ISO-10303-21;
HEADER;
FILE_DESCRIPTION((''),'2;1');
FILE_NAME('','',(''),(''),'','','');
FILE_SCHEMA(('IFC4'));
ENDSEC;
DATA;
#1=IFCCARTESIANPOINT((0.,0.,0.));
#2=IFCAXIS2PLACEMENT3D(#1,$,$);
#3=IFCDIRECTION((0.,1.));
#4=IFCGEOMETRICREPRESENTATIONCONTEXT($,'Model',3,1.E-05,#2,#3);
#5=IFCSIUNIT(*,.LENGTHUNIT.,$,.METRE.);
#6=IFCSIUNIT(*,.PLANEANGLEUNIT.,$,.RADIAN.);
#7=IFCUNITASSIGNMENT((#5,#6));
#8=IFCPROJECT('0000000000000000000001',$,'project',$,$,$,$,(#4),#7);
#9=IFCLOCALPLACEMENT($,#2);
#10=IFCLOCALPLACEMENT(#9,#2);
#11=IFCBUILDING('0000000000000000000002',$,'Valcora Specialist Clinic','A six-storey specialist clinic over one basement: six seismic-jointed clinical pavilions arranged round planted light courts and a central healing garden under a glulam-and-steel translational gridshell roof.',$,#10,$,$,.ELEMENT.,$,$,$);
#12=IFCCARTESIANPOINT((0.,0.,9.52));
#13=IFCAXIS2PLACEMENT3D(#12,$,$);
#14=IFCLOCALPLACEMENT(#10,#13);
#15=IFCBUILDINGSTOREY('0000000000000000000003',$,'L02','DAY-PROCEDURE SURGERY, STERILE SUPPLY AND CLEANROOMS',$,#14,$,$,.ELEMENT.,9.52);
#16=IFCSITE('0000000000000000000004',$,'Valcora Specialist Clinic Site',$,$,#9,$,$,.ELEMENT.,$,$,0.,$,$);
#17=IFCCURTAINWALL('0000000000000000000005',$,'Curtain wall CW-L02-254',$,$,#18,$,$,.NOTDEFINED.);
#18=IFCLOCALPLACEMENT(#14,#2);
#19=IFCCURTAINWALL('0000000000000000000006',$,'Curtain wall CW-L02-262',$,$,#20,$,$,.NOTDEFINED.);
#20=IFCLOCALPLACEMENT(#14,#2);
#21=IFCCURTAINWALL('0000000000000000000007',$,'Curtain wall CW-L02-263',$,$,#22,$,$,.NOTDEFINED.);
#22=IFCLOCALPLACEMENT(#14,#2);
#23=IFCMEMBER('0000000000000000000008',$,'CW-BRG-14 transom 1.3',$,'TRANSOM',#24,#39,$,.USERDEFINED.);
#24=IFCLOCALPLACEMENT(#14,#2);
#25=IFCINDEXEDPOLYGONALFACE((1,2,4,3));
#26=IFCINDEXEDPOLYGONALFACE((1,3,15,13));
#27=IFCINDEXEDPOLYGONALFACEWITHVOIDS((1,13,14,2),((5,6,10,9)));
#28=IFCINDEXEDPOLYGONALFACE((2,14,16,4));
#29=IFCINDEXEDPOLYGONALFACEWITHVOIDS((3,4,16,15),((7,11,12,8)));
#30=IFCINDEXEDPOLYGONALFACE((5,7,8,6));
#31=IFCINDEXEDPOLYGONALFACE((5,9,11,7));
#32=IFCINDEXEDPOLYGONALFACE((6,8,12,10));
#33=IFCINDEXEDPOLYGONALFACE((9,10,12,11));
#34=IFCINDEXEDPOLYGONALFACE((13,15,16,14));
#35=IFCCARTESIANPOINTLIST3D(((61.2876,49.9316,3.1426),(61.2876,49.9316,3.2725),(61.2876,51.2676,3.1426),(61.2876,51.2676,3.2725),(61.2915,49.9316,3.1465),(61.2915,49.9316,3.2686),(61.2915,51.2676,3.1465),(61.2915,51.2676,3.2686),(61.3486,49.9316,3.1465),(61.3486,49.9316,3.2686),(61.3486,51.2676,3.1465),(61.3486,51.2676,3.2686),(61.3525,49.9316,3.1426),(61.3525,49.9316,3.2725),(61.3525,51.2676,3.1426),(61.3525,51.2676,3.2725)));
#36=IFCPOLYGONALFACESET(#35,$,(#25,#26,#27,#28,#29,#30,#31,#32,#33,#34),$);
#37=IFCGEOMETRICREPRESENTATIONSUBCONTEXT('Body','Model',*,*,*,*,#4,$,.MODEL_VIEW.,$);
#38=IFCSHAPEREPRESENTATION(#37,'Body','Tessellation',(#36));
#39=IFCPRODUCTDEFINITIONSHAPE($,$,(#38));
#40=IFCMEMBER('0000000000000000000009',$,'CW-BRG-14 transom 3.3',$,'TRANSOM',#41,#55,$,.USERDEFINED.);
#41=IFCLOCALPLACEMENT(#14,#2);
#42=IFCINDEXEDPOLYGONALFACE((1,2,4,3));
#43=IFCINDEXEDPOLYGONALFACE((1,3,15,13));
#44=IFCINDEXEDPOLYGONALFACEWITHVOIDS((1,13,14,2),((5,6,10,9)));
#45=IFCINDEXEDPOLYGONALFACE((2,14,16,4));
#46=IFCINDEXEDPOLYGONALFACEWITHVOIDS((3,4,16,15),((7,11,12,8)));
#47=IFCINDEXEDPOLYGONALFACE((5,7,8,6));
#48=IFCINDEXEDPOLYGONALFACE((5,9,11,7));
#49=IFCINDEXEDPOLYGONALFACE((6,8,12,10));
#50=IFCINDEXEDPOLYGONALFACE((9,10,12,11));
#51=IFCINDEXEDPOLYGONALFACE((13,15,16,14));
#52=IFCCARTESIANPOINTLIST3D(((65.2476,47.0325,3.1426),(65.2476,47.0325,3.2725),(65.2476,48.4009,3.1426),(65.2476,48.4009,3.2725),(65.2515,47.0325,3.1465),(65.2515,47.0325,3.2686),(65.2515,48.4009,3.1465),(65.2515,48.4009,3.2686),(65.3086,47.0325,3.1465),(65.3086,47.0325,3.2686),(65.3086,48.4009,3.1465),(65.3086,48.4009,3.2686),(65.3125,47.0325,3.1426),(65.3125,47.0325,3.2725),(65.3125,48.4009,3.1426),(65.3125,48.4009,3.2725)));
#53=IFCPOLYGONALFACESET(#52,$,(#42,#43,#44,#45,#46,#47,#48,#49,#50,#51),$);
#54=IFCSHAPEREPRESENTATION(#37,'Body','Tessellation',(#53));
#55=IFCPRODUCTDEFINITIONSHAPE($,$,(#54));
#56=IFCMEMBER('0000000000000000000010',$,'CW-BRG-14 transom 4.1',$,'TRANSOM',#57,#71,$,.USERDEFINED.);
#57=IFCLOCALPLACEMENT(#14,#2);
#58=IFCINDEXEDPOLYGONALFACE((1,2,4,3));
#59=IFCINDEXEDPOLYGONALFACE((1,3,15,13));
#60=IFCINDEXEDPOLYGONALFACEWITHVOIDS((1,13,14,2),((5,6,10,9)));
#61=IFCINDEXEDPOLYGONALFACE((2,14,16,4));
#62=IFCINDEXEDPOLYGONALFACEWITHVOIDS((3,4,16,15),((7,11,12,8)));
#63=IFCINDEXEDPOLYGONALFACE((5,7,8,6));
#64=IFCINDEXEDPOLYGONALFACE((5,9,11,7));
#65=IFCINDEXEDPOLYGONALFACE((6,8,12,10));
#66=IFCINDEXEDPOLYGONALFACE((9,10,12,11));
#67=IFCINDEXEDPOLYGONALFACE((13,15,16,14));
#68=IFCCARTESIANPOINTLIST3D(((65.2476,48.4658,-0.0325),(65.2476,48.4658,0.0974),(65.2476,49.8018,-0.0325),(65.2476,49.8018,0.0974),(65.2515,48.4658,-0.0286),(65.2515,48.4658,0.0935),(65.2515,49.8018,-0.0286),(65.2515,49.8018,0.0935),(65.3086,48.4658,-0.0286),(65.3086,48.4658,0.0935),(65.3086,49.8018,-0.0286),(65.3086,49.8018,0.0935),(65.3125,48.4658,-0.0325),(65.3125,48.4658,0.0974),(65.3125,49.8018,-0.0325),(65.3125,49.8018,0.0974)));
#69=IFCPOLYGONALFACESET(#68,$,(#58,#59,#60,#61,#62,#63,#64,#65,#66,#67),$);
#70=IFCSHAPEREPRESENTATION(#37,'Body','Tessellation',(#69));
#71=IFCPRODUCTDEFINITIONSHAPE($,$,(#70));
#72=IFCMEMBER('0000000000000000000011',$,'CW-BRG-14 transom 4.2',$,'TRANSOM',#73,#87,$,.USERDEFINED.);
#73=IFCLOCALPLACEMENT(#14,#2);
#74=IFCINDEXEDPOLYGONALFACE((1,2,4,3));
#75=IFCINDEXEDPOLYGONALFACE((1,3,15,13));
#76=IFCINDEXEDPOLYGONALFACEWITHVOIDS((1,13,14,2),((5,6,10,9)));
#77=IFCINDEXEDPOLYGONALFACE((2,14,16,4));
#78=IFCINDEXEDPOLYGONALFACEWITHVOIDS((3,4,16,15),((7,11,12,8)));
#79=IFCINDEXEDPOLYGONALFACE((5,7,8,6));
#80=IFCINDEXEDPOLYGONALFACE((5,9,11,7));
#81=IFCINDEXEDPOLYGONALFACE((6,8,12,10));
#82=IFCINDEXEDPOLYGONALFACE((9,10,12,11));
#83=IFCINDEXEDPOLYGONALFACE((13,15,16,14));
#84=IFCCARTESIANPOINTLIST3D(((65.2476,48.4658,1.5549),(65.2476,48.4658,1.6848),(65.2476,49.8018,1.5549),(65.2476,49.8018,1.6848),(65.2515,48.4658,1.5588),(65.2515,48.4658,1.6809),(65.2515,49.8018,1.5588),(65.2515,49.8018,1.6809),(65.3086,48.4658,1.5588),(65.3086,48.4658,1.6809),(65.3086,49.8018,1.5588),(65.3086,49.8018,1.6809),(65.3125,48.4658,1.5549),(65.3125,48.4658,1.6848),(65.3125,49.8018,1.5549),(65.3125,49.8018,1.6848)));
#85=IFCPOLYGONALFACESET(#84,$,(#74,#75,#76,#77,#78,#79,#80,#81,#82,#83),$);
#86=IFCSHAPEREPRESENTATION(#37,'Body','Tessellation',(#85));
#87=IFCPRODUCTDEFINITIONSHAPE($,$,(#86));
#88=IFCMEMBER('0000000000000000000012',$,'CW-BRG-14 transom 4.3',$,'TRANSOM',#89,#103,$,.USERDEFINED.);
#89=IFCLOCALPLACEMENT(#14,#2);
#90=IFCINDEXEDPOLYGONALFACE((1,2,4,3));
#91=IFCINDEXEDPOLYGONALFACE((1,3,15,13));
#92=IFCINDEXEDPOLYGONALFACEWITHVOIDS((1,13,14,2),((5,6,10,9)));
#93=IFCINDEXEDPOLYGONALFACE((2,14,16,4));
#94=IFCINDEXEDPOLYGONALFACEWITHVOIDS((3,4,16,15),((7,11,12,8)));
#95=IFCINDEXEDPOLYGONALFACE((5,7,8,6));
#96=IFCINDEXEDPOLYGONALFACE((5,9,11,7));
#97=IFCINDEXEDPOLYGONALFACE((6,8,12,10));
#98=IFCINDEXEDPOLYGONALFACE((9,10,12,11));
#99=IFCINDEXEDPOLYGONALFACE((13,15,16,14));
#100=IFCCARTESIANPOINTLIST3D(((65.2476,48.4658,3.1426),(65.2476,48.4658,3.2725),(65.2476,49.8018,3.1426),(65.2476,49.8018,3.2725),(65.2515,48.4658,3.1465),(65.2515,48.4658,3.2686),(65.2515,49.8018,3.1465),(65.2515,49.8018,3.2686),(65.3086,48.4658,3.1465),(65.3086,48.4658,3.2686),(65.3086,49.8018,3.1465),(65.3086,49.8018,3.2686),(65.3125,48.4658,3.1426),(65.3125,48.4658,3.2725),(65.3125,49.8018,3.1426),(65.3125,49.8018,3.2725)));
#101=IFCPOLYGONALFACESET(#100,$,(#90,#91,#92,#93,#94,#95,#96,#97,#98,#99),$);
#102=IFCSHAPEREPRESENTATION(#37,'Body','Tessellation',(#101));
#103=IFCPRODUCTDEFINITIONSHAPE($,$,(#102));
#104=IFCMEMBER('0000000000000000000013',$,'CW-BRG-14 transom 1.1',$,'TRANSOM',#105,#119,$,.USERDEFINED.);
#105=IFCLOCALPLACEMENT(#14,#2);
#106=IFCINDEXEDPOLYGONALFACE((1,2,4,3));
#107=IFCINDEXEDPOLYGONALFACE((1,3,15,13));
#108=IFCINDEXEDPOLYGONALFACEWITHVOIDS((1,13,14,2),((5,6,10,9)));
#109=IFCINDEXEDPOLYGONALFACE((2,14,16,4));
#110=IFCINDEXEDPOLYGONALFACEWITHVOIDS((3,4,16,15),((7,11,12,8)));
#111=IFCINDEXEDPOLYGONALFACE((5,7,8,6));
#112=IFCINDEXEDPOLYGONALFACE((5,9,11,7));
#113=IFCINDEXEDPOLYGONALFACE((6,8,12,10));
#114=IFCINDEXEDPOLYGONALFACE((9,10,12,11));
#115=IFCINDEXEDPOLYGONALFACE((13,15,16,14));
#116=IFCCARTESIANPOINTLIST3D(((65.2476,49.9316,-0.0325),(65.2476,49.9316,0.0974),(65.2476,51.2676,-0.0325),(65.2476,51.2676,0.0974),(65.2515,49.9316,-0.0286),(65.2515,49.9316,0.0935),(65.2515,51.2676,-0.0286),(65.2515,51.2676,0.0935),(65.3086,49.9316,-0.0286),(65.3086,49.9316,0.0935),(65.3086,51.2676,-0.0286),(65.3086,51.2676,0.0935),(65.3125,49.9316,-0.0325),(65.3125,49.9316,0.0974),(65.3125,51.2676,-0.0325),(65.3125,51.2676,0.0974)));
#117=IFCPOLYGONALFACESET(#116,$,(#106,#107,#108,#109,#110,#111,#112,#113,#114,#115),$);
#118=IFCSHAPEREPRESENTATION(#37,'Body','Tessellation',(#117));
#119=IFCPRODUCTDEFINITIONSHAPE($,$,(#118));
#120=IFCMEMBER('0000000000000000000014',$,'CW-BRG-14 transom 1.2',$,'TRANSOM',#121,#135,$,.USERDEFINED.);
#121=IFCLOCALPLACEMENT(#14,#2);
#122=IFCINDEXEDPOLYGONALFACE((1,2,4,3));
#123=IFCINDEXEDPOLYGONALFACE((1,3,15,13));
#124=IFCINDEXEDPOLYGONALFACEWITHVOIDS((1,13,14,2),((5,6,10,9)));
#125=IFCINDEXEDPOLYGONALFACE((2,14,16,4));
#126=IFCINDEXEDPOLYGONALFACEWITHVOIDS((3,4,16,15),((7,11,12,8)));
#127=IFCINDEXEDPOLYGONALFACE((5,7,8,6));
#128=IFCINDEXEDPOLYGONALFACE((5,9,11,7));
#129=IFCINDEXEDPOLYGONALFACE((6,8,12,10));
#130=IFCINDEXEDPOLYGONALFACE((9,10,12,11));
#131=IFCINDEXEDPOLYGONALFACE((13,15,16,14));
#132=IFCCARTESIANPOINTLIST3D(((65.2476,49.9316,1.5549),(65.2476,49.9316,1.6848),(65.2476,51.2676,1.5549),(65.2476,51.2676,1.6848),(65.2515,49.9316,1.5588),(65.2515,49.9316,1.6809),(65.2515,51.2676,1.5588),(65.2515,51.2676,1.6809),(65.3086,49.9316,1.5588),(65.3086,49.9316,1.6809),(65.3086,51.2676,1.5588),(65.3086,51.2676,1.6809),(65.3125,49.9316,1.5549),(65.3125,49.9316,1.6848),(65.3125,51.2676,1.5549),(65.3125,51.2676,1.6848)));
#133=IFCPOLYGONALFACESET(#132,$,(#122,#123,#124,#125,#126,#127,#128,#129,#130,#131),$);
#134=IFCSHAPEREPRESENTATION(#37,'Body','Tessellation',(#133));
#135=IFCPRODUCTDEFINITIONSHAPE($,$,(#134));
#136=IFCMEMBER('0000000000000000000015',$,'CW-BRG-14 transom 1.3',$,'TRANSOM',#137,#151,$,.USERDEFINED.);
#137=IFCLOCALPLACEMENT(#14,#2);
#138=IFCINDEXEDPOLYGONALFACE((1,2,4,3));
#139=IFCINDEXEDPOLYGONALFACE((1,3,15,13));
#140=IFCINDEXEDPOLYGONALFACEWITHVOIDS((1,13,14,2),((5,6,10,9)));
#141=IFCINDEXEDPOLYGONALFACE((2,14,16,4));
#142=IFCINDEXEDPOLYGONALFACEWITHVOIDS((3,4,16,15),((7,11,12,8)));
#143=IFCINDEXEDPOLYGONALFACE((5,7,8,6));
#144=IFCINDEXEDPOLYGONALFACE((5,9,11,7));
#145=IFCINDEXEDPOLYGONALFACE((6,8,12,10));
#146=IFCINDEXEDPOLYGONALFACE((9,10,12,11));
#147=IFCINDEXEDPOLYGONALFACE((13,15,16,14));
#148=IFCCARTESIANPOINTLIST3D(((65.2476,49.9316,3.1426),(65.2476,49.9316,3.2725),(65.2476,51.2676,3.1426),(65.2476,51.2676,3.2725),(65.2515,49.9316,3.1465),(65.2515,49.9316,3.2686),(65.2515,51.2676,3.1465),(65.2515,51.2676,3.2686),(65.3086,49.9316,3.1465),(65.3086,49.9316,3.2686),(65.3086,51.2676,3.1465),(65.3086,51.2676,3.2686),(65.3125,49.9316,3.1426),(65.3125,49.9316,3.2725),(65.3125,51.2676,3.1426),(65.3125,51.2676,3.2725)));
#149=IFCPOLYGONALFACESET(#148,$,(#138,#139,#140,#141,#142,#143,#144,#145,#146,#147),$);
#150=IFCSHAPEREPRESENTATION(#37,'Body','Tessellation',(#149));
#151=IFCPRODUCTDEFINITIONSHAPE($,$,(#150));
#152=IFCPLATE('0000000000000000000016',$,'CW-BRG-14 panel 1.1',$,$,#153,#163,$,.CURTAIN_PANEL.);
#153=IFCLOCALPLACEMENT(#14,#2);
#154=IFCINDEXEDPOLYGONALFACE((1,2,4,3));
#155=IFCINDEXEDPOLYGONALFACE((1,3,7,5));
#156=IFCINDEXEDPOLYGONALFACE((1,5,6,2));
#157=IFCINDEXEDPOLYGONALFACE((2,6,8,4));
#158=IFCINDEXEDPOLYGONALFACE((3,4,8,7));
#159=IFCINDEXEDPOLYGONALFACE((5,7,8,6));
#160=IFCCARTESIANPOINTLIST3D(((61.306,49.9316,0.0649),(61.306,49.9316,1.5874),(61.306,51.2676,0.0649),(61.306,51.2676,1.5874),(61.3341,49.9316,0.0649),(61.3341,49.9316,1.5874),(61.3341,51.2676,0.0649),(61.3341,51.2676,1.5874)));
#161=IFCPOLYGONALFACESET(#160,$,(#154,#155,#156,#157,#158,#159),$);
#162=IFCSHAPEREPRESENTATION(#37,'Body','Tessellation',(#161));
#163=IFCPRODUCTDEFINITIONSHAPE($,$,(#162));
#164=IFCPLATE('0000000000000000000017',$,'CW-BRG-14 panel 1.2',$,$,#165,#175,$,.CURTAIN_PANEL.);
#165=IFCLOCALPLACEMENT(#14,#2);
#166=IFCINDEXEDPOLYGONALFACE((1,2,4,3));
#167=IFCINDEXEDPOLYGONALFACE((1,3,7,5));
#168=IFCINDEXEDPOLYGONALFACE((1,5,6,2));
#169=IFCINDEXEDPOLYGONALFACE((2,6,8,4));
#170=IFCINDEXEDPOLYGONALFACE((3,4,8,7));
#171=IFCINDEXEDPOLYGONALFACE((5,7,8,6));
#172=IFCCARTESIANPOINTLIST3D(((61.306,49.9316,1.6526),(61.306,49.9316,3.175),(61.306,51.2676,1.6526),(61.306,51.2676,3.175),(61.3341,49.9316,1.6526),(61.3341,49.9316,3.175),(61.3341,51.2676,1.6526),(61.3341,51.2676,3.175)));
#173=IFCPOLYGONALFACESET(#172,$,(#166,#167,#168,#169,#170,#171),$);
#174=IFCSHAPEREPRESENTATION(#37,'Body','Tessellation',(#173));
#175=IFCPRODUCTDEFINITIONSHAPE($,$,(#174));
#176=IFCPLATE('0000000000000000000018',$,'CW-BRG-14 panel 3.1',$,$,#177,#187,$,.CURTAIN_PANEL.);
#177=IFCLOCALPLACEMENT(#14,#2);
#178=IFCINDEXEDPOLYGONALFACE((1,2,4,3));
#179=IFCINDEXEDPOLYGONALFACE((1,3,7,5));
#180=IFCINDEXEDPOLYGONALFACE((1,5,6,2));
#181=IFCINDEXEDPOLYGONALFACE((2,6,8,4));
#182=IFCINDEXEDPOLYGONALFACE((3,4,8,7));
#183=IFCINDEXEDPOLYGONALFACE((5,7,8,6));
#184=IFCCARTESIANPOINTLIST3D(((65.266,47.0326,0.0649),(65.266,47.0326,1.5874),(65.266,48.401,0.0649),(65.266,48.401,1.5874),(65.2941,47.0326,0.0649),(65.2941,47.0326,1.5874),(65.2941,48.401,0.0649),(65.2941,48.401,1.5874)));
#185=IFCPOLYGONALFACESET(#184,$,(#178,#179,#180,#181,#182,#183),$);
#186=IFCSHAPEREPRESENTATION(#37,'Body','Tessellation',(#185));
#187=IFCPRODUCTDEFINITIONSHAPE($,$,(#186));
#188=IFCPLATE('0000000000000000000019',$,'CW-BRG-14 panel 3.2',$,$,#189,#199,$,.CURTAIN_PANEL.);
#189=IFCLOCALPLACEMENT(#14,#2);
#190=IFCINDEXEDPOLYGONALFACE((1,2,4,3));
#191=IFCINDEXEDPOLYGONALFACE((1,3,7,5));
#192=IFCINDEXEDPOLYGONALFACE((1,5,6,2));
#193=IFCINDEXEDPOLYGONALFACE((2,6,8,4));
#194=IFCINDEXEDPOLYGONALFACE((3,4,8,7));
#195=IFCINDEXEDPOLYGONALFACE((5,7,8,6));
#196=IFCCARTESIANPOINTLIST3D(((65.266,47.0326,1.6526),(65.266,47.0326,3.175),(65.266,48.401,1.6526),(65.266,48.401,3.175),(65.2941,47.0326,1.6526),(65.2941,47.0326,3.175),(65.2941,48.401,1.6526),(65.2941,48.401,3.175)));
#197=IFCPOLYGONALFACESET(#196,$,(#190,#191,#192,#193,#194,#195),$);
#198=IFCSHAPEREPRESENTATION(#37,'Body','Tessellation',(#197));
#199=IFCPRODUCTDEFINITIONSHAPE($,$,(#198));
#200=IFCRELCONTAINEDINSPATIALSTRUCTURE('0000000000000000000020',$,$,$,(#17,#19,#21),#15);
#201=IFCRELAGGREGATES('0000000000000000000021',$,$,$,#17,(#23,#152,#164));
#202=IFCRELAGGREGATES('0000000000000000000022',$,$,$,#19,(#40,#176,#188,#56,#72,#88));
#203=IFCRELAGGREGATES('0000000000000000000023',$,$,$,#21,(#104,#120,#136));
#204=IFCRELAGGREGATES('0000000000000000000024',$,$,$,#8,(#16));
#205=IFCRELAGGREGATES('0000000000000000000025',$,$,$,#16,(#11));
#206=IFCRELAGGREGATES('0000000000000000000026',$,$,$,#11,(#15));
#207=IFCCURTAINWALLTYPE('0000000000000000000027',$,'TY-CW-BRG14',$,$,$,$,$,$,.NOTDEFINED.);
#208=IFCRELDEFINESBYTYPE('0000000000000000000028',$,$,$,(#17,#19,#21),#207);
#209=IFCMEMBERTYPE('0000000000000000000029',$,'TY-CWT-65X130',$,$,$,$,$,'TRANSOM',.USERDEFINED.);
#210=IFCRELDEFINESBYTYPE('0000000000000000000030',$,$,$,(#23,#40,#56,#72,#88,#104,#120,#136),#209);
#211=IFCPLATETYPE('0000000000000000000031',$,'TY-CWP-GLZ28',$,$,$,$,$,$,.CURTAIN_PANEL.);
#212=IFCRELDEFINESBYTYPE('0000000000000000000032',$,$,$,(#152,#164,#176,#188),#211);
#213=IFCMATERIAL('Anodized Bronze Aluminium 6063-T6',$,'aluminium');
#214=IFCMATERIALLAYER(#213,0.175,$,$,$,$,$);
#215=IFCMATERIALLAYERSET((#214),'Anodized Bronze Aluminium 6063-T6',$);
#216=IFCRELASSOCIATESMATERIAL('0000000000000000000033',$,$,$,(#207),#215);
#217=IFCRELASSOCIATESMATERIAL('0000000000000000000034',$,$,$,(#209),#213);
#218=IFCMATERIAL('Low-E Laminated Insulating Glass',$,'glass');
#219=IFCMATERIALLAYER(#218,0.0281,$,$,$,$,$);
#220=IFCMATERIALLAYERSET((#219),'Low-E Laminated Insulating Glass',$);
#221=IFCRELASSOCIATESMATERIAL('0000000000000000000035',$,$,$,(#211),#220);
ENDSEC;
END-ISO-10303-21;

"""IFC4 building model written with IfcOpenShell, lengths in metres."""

from ifc_helpers import new_model, si_unit, direction, frame, origin, origin_2d, place, context, subcontext, project, spatial, rectangle, hollow_rectangle, extrude, material, layer, layer_set, material_profile, profile_set, type_object, element, aggregate, save


model = new_model("IFC4")

# Units and contexts
model_context = context("Model", 3, precision=1e-05, world=origin(), true_north=direction((0.0, 1.0)))
body_context = subcontext(model_context, "Body", "Model", "MODEL_VIEW")
ifc_project = project(units=[si_unit("LENGTHUNIT", "METRE"), si_unit("PLANEANGLEUNIT", "RADIAN")], contexts=[model_context])

# Site, building, storey
site_placement = place(None, origin())
site = spatial("IfcSite", under=ifc_project, at=site_placement, Name="Valcora Specialist Clinic Site", CompositionType="ELEMENT", RefElevation=0.0)
building_placement = place(site_placement, origin())
building = spatial("IfcBuilding", under=site, at=building_placement, Name="Valcora Specialist Clinic", Description="A six-storey specialist clinic over one basement: six seismic-jointed clinical pavilions arranged round planted light courts and a central healing garden under a glulam-and-steel translational gridshell roof.", CompositionType="ELEMENT")
storey_placement = place(building_placement, frame((0.0, 0.0, 9.52)))
storey = spatial("IfcBuildingStorey", under=building, at=storey_placement, Name="L02", Description="DAY-PROCEDURE SURGERY, STERILE SUPPLY AND CLEANROOMS", CompositionType="ELEMENT", Elevation=9.52)

# Shared definitions
ifc_material_1 = material(Name="Anodized Bronze Aluminium 6063-T6", Category="aluminium")
ifc_layer_1 = layer(ifc_material_1, 0.175)
ifc_layer_set_1 = layer_set([ifc_layer_1], Name="Anodized Bronze Aluminium 6063-T6")
curtain_wall_type = type_object("IfcCurtainWallType", Name="TY-CW-BRG14", PredefinedType="NOTDEFINED", material=ifc_layer_set_1)

# Curtain wall
curtain_wall_1_placement = place(storey_placement, origin())
curtain_wall_1 = element("IfcCurtainWall", 1, at=curtain_wall_1_placement, inside=storey, type_object=curtain_wall_type, Name="Curtain wall CW-L02-254", PredefinedType="NOTDEFINED")

# Curtain wall
curtain_wall_2_placement = place(storey_placement, origin())
curtain_wall_2 = element("IfcCurtainWall", 2, at=curtain_wall_2_placement, inside=storey, type_object=curtain_wall_type, Name="Curtain wall CW-L02-262", PredefinedType="NOTDEFINED")

# Curtain wall
curtain_wall_3_placement = place(storey_placement, origin())
curtain_wall_3 = element("IfcCurtainWall", 3, at=curtain_wall_3_placement, inside=storey, type_object=curtain_wall_type, Name="Curtain wall CW-L02-263", PredefinedType="NOTDEFINED")

# Members
ifc_material_profile_1 = material_profile(ifc_material_1, hollow_rectangle(XDim=0.0649, YDim=0.1299, WallThickness=0.0039, at=origin_2d()), Name="AL-TRN-65X130")
ifc_profile_set_1 = profile_set([ifc_material_profile_1], Name="Anodized Bronze Aluminium 6063-T6")
member_type_1 = type_object("IfcMemberType", Name="TY-CWT-65X130", ElementType="TRANSOM", PredefinedType="USERDEFINED", material=ifc_profile_set_1)
member_1_placement = place(storey_placement, frame((61.3201, 49.9316, 3.2075), z_axis=(0.0, 1.0, 0.0), x_axis=(-1.0, 0.0, 0.0)))
member_1 = element("IfcMember", 4, at=member_1_placement, type_object=member_type_1, Name="CW-BRG-14 transom 1.3", ObjectType="TRANSOM", PredefinedType="USERDEFINED", context=body_context, shape_type="SweptSolid", body=[
    extrude(hollow_rectangle(XDim=0.0649, YDim=0.1299, WallThickness=0.0039, at=origin_2d()), origin(), (0.0, 0.0, 1.0), 1.3359),
])
member_2_placement = place(storey_placement, frame((65.28, 47.0325, 3.2075), z_axis=(0.0, 1.0, 0.0), x_axis=(-1.0, 0.0, 0.0)))
member_2 = element("IfcMember", 5, at=member_2_placement, type_object=member_type_1, Name="CW-BRG-14 transom 3.3", ObjectType="TRANSOM", PredefinedType="USERDEFINED", context=body_context, shape_type="SweptSolid", body=[
    extrude(hollow_rectangle(XDim=0.0649, YDim=0.1299, WallThickness=0.0039, at=origin_2d()), origin(), (0.0, 0.0, 1.0), 1.3684),
])
member_3_placement = place(storey_placement, frame((65.28, 48.4658, 0.0325), z_axis=(0.0, 1.0, 0.0), x_axis=(-1.0, 0.0, 0.0)))
member_3 = element("IfcMember", 6, at=member_3_placement, type_object=member_type_1, Name="CW-BRG-14 transom 4.1", ObjectType="TRANSOM", PredefinedType="USERDEFINED", context=body_context, shape_type="SweptSolid", body=[
    extrude(hollow_rectangle(XDim=0.0649, YDim=0.1299, WallThickness=0.0039, at=origin_2d()), origin(), (0.0, 0.0, 1.0), 1.3359),
])
member_4_placement = place(storey_placement, frame((65.28, 48.4658, 1.6199), z_axis=(0.0, 1.0, 0.0), x_axis=(-1.0, 0.0, 0.0)))
member_4 = element("IfcMember", 7, at=member_4_placement, type_object=member_type_1, Name="CW-BRG-14 transom 4.2", ObjectType="TRANSOM", PredefinedType="USERDEFINED", context=body_context, shape_type="SweptSolid", body=[
    extrude(hollow_rectangle(XDim=0.0649, YDim=0.1299, WallThickness=0.0039, at=origin_2d()), origin(), (0.0, 0.0, 1.0), 1.3359),
])
member_5_placement = place(storey_placement, frame((65.28, 48.4658, 3.2075), z_axis=(0.0, 1.0, 0.0), x_axis=(-1.0, 0.0, 0.0)))
member_5 = element("IfcMember", 8, at=member_5_placement, type_object=member_type_1, Name="CW-BRG-14 transom 4.3", ObjectType="TRANSOM", PredefinedType="USERDEFINED", context=body_context, shape_type="SweptSolid", body=[
    extrude(hollow_rectangle(XDim=0.0649, YDim=0.1299, WallThickness=0.0039, at=origin_2d()), origin(), (0.0, 0.0, 1.0), 1.3359),
])
member_6_placement = place(storey_placement, frame((65.28, 49.9316, 0.0325), z_axis=(0.0, 1.0, 0.0), x_axis=(-1.0, 0.0, 0.0)))
member_6 = element("IfcMember", 9, at=member_6_placement, type_object=member_type_1, Name="CW-BRG-14 transom 1.1", ObjectType="TRANSOM", PredefinedType="USERDEFINED", context=body_context, shape_type="SweptSolid", body=[
    extrude(hollow_rectangle(XDim=0.0649, YDim=0.1299, WallThickness=0.0039, at=origin_2d()), origin(), (0.0, 0.0, 1.0), 1.3359),
])
member_7_placement = place(storey_placement, frame((65.28, 49.9316, 1.6199), z_axis=(0.0, 1.0, 0.0), x_axis=(-1.0, 0.0, 0.0)))
member_7 = element("IfcMember", 10, at=member_7_placement, type_object=member_type_1, Name="CW-BRG-14 transom 1.2", ObjectType="TRANSOM", PredefinedType="USERDEFINED", context=body_context, shape_type="SweptSolid", body=[
    extrude(hollow_rectangle(XDim=0.0649, YDim=0.1299, WallThickness=0.0039, at=origin_2d()), origin(), (0.0, 0.0, 1.0), 1.3359),
])
member_8_placement = place(storey_placement, frame((65.28, 49.9316, 3.2075), z_axis=(0.0, 1.0, 0.0), x_axis=(-1.0, 0.0, 0.0)))
member_8 = element("IfcMember", 11, at=member_8_placement, type_object=member_type_1, Name="CW-BRG-14 transom 1.3", ObjectType="TRANSOM", PredefinedType="USERDEFINED", context=body_context, shape_type="SweptSolid", body=[
    extrude(hollow_rectangle(XDim=0.0649, YDim=0.1299, WallThickness=0.0039, at=origin_2d()), origin(), (0.0, 0.0, 1.0), 1.3359),
])

# Plates
ifc_material_2 = material(Name="Low-E Laminated Insulating Glass", Category="glass")
ifc_layer_2 = layer(ifc_material_2, 0.0281)
ifc_layer_set_2 = layer_set([ifc_layer_2], Name="Low-E Laminated Insulating Glass")
plate_type_1 = type_object("IfcPlateType", Name="TY-CWP-GLZ28", PredefinedType="CURTAIN_PANEL", material=ifc_layer_set_2)
plate_1_placement = place(storey_placement, frame((61.3201, 50.5996, 0.0649), z_axis=(0.0, 0.0, 1.0), x_axis=(0.0, 1.0, 0.0)))
plate_1 = element("IfcPlate", 12, at=plate_1_placement, type_object=plate_type_1, Name="CW-BRG-14 panel 1.1", PredefinedType="CURTAIN_PANEL", context=body_context, shape_type="SweptSolid", body=[
    extrude(rectangle(XDim=1.3359, YDim=0.0281, at=origin_2d()), origin(), (0.0, 0.0, 1.0), 1.5225),
])
plate_2_placement = place(storey_placement, frame((61.3201, 50.5996, 1.6526), z_axis=(0.0, 0.0, 1.0), x_axis=(0.0, 1.0, 0.0)))
plate_2 = element("IfcPlate", 13, at=plate_2_placement, type_object=plate_type_1, Name="CW-BRG-14 panel 1.2", PredefinedType="CURTAIN_PANEL", context=body_context, shape_type="SweptSolid", body=[
    extrude(rectangle(XDim=1.3359, YDim=0.0281, at=origin_2d()), origin(), (0.0, 0.0, 1.0), 1.5225),
])
aggregate(curtain_wall_1, [member_1, plate_1, plate_2])
plate_3_placement = place(storey_placement, frame((65.28, 47.7168, 0.0649), z_axis=(0.0, 0.0, 1.0), x_axis=(0.0, 1.0, 0.0)))
plate_3 = element("IfcPlate", 14, at=plate_3_placement, type_object=plate_type_1, Name="CW-BRG-14 panel 3.1", PredefinedType="CURTAIN_PANEL", context=body_context, shape_type="SweptSolid", body=[
    extrude(rectangle(XDim=1.3684, YDim=0.0281, at=origin_2d()), origin(), (0.0, 0.0, 1.0), 1.5225),
])
plate_4_placement = place(storey_placement, frame((65.28, 47.7168, 1.6526), z_axis=(0.0, 0.0, 1.0), x_axis=(0.0, 1.0, 0.0)))
plate_4 = element("IfcPlate", 15, at=plate_4_placement, type_object=plate_type_1, Name="CW-BRG-14 panel 3.2", PredefinedType="CURTAIN_PANEL", context=body_context, shape_type="SweptSolid", body=[
    extrude(rectangle(XDim=1.3684, YDim=0.0281, at=origin_2d()), origin(), (0.0, 0.0, 1.0), 1.5225),
])
aggregate(curtain_wall_2, [member_2, plate_3, plate_4, member_3, member_4, member_5])
aggregate(curtain_wall_3, [member_6, member_7, member_8])

save(model, "model.ifc")
